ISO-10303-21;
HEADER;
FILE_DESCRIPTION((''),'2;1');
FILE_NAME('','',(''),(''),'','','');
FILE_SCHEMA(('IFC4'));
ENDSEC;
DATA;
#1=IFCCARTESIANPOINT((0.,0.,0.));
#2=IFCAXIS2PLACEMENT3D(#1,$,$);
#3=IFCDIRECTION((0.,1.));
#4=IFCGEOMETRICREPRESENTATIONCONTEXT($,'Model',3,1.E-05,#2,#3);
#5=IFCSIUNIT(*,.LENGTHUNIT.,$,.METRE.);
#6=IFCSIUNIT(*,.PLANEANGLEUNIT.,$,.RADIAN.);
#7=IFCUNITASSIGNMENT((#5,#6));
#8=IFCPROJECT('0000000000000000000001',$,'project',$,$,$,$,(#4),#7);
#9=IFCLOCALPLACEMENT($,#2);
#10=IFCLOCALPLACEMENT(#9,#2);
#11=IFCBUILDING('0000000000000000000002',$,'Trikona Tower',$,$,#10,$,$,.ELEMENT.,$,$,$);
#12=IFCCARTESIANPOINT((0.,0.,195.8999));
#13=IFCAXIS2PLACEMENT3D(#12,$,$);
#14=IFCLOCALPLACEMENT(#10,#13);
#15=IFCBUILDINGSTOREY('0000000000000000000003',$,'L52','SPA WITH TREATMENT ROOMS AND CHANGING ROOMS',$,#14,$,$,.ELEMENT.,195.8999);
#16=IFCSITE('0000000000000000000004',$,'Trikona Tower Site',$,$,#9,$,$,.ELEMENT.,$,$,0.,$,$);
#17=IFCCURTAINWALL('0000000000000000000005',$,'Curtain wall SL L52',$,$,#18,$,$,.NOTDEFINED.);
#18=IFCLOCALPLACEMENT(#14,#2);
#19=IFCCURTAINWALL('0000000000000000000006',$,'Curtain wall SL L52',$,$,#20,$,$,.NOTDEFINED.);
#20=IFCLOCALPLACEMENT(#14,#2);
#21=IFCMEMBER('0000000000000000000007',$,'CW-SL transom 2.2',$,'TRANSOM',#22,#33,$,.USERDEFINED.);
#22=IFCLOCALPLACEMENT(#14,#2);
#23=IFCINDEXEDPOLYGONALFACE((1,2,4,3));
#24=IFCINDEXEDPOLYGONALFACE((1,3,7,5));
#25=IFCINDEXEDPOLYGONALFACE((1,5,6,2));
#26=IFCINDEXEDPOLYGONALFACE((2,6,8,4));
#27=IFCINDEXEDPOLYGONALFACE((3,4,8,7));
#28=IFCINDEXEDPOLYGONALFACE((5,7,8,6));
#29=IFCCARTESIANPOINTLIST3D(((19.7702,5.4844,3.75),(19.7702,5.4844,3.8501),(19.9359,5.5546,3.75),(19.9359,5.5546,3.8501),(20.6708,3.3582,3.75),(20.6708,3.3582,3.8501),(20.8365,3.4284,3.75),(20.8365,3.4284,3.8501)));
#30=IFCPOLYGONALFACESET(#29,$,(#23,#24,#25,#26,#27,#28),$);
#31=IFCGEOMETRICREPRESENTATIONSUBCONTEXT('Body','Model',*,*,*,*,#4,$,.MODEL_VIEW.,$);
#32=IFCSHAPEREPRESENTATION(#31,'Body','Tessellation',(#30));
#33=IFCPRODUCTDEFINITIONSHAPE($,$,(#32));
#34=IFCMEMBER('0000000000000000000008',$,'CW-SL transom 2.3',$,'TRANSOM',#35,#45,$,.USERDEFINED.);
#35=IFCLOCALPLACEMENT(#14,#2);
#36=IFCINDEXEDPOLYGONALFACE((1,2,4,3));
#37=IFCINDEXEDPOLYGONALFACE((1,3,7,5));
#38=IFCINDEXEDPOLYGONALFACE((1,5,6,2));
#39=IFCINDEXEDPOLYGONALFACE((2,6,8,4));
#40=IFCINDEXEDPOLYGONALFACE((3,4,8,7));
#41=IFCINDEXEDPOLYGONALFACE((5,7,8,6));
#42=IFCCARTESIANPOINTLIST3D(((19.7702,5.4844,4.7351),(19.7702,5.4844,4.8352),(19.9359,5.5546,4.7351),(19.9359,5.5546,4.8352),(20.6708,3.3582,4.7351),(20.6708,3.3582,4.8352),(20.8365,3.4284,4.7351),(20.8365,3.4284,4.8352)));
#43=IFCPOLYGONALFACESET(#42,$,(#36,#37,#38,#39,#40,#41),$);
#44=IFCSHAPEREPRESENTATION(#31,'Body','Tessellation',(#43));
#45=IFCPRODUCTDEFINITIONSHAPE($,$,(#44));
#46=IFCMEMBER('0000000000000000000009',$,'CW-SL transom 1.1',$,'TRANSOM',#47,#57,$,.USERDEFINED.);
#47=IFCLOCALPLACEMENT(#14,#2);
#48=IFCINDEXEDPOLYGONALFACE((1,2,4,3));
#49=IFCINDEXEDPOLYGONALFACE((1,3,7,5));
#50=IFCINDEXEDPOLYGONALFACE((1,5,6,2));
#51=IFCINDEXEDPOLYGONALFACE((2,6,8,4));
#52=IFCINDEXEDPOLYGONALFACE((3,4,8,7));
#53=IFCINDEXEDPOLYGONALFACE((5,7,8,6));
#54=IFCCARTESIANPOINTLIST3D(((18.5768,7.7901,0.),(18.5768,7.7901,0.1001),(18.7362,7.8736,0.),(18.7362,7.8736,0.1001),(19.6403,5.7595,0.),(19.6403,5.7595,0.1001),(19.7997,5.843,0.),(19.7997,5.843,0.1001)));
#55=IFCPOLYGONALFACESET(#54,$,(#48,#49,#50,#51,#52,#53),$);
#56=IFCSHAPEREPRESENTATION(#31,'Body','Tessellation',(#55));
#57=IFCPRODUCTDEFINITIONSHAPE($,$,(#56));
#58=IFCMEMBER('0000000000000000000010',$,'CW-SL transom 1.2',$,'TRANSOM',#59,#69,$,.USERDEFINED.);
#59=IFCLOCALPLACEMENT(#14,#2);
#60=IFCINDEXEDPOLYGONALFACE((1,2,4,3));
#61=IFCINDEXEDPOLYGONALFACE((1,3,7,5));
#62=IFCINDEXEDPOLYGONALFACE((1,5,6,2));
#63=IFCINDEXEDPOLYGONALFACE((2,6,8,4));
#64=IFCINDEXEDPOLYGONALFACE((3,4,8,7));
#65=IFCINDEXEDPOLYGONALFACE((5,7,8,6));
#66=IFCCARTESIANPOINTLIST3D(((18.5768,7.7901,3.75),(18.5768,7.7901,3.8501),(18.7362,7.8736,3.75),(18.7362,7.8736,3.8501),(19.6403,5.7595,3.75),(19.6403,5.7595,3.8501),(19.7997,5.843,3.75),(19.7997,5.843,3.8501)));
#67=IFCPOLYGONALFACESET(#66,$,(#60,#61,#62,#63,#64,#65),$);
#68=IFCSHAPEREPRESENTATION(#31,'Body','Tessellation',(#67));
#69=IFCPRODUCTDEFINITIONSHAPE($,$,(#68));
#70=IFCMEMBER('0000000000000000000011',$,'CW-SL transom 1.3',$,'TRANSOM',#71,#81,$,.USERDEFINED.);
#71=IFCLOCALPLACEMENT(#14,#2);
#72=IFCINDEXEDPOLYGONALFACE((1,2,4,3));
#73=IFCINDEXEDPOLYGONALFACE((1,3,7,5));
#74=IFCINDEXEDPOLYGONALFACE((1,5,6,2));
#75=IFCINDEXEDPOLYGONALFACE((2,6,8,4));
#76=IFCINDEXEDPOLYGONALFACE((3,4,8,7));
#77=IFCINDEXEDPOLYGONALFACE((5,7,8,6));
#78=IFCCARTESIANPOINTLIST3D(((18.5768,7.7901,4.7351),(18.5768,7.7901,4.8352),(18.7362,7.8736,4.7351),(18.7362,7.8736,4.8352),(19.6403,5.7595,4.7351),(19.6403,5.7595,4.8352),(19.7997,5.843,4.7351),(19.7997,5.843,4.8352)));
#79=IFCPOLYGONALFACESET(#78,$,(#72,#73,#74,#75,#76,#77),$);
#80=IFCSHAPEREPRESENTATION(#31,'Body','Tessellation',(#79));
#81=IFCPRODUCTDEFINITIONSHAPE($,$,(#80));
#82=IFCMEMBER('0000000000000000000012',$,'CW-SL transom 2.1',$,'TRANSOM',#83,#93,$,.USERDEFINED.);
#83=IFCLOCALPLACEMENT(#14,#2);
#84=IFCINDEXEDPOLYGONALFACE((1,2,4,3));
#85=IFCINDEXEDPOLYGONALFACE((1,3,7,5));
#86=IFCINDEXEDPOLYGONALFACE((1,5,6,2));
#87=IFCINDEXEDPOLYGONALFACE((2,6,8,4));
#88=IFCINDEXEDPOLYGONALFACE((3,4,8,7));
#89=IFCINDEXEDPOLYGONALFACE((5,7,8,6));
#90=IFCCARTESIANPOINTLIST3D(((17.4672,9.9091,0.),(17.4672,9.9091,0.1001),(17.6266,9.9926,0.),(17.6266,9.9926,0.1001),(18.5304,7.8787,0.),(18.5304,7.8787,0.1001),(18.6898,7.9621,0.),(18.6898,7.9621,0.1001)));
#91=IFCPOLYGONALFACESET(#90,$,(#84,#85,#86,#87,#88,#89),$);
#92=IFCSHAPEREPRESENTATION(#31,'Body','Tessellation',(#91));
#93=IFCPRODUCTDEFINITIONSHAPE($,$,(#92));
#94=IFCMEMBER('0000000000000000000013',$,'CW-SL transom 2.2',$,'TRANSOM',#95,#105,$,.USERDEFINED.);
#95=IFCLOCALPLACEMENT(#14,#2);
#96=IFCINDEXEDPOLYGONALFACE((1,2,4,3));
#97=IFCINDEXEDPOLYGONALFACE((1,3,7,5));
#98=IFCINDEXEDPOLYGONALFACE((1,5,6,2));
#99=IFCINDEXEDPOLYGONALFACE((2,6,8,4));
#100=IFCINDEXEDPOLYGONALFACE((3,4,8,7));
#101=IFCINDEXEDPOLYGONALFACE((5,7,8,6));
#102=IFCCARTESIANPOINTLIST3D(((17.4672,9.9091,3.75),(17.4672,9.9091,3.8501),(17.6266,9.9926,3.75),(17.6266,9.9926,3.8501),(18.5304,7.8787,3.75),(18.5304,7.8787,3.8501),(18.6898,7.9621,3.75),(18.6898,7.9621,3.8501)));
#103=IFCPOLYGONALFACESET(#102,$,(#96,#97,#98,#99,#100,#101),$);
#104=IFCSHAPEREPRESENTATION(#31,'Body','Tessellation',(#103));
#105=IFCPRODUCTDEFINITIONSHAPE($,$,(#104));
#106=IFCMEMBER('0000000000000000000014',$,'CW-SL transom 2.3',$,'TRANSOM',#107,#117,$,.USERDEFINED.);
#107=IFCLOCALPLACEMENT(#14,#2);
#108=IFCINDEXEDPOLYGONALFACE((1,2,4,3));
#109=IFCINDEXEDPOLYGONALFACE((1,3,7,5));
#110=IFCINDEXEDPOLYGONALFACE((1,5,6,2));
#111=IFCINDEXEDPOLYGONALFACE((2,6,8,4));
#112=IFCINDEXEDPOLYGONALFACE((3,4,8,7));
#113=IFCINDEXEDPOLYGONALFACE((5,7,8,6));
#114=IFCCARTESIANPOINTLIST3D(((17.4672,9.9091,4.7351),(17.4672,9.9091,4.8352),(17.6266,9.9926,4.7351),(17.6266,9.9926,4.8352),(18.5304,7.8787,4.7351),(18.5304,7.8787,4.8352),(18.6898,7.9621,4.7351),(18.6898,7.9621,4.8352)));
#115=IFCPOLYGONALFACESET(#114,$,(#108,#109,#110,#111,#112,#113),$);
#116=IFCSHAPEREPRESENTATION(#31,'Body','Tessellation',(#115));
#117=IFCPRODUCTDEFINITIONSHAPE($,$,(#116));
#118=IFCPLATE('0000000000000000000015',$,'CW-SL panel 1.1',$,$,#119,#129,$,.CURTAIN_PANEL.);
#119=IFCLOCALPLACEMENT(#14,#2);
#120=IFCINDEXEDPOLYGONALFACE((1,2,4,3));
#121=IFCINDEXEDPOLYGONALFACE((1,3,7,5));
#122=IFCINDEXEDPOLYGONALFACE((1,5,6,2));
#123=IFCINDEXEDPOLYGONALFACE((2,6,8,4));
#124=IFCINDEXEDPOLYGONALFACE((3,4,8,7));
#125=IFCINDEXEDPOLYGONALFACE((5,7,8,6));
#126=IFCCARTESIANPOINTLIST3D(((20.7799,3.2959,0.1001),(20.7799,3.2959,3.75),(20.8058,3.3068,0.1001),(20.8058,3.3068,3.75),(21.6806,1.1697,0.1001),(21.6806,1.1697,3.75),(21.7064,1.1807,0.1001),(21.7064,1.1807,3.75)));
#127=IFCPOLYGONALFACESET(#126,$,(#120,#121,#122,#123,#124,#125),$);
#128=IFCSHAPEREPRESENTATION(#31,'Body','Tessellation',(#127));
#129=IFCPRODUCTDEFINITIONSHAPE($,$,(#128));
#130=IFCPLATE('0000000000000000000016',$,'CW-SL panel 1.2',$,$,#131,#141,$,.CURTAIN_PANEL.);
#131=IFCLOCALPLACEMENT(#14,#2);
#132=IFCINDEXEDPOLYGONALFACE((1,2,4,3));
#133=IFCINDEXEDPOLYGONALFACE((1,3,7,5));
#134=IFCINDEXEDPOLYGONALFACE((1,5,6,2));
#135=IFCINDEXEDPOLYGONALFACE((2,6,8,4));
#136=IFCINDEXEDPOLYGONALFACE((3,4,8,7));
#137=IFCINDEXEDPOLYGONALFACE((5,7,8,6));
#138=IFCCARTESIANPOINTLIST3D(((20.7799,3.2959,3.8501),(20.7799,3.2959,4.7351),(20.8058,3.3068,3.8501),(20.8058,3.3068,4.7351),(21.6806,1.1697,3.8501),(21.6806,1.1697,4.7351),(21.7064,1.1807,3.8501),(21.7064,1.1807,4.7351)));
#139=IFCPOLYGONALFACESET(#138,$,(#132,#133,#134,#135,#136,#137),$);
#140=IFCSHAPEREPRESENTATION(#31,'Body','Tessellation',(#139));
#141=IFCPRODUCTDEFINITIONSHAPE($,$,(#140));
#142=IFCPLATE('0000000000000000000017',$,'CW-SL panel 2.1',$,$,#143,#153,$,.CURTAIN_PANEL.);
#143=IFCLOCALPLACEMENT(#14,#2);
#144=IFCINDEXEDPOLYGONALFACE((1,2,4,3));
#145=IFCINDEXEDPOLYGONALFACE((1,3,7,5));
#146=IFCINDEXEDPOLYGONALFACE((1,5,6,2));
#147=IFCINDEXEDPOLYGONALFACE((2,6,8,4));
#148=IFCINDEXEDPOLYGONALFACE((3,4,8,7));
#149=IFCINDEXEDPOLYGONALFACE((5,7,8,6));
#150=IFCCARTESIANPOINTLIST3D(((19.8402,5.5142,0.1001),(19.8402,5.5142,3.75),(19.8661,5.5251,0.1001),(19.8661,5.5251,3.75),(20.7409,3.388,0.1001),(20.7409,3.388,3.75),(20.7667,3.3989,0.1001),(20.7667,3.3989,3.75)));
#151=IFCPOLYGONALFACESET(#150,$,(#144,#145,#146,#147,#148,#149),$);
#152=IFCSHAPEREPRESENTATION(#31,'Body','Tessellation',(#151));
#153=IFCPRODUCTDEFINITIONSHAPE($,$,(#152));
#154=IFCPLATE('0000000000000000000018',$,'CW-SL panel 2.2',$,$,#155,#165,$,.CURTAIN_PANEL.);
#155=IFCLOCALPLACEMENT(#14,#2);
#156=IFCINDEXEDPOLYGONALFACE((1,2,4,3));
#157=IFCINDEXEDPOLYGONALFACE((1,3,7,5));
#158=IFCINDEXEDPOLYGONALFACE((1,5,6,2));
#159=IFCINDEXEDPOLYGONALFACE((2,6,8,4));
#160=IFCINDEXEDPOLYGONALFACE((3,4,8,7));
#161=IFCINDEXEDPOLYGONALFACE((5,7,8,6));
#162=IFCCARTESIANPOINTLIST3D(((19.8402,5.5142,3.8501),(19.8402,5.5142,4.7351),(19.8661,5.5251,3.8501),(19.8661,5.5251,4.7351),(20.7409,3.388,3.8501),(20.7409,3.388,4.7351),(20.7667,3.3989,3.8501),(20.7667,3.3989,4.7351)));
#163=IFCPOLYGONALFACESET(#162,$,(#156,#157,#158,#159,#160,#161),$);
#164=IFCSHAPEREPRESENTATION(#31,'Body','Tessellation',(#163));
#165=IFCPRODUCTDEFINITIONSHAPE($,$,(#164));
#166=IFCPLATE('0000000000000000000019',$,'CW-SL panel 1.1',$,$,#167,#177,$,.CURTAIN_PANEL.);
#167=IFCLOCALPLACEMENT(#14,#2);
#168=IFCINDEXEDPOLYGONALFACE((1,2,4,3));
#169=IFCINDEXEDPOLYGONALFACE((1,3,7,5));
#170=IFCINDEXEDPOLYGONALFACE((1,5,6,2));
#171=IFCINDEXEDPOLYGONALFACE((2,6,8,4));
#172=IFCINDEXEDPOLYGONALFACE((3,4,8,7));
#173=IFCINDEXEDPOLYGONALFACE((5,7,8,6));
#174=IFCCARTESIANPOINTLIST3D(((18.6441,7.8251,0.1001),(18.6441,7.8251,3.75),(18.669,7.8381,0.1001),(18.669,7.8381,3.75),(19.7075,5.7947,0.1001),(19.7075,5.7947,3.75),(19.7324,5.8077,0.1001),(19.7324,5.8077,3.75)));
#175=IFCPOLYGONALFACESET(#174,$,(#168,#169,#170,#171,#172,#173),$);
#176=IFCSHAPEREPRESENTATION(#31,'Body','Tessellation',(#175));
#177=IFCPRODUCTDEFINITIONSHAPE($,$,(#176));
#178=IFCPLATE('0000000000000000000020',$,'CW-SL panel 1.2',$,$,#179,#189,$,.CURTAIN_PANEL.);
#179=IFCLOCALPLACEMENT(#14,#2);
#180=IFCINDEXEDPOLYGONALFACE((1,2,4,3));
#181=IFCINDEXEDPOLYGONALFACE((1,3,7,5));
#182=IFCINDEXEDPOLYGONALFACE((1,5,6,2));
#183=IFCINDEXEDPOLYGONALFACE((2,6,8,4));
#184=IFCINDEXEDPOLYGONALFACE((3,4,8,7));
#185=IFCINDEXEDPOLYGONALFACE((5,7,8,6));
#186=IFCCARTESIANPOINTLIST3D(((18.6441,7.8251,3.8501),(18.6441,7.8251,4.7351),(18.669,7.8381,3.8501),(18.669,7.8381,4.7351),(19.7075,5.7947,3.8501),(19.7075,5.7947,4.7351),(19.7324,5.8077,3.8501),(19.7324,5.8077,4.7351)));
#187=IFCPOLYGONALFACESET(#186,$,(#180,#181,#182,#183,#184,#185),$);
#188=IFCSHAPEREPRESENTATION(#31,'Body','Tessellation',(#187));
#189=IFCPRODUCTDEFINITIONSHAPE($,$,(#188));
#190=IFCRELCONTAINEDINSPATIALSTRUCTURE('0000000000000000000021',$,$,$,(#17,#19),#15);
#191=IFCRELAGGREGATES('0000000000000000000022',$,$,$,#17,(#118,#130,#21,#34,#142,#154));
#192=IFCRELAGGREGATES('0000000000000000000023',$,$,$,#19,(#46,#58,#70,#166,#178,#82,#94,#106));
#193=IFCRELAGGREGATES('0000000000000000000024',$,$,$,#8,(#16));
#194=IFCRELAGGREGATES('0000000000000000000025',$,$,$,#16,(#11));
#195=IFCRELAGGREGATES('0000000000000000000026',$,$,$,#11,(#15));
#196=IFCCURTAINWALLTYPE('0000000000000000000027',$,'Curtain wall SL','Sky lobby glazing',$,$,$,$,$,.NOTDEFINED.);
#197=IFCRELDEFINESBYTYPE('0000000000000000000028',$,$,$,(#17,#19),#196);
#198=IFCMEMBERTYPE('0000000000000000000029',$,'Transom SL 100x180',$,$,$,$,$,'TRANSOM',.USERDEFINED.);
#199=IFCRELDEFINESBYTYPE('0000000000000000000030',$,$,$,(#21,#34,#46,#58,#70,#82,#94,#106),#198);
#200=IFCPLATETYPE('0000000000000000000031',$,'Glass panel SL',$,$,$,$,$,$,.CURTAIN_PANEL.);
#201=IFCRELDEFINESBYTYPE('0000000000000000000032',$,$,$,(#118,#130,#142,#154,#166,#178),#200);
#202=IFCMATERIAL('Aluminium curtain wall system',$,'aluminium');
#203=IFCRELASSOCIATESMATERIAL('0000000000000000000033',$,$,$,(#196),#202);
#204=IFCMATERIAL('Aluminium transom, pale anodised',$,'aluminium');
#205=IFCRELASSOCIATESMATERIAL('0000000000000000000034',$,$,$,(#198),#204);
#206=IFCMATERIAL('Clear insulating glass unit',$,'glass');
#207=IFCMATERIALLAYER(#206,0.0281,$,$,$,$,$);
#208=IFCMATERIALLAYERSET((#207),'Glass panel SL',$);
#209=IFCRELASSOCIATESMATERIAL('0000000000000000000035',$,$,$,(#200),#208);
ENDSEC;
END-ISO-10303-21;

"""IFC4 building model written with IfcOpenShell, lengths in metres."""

from ifc_helpers import new_model, si_unit, direction, frame, origin, origin_2d, place, context, subcontext, project, spatial, rectangle, extrude, material, layer, layer_set, material_profile, profile_set, type_object, element, aggregate, save


model = new_model("IFC4")

# Units and contexts
model_context = context("Model", 3, precision=1e-05, world=origin(), true_north=direction((0.0, 1.0)))
body_context = subcontext(model_context, "Body", "Model", "MODEL_VIEW")
ifc_project = project(units=[si_unit("LENGTHUNIT", "METRE"), si_unit("PLANEANGLEUNIT", "RADIAN")], contexts=[model_context])

# Site, building, storey
site_placement = place(None, origin())
site = spatial("IfcSite", under=ifc_project, at=site_placement, Name="Trikona Tower Site", CompositionType="ELEMENT", RefElevation=0.0)
building_placement = place(site_placement, origin())
building = spatial("IfcBuilding", under=site, at=building_placement, Name="Trikona Tower", CompositionType="ELEMENT")
storey_placement = place(building_placement, frame((0.0, 0.0, 195.8999)))
storey = spatial("IfcBuildingStorey", under=building, at=storey_placement, Name="L52", Description="SPA WITH TREATMENT ROOMS AND CHANGING ROOMS", CompositionType="ELEMENT", Elevation=195.8999)

# Shared definitions
ifc_material_1 = material(Name="Aluminium curtain wall system", Category="aluminium")
curtain_wall_type = type_object("IfcCurtainWallType", Name="Curtain wall SL", Description="Sky lobby glazing", PredefinedType="NOTDEFINED", material=ifc_material_1)

# Curtain walls
curtain_wall_1_placement = place(storey_placement, origin())
curtain_wall_1 = element("IfcCurtainWall", 1, at=curtain_wall_1_placement, inside=storey, type_object=curtain_wall_type, Name="Curtain wall SL L52", PredefinedType="NOTDEFINED")
curtain_wall_2_placement = place(storey_placement, origin())
curtain_wall_2 = element("IfcCurtainWall", 2, at=curtain_wall_2_placement, inside=storey, type_object=curtain_wall_type, Name="Curtain wall SL L52", PredefinedType="NOTDEFINED")

# Members
ifc_material_2 = material(Name="Aluminium transom, pale anodised", Category="aluminium")
ifc_material_profile_1 = material_profile(ifc_material_2, rectangle(XDim=0.1799, YDim=0.1001, at=origin_2d()), Name="TRN-SL")
ifc_profile_set_1 = profile_set([ifc_material_profile_1], Name="Aluminium transom, pale anodised")
member_type_1 = type_object("IfcMemberType", Name="Transom SL 100x180", ElementType="TRANSOM", PredefinedType="USERDEFINED", material=ifc_profile_set_1)
member_1_placement = place(storey_placement, frame((20.7537, 3.3933, 3.8), z_axis=(-0.390037, 0.920799, 0.0), x_axis=(-0.920799, -0.390037, 0.0)))
member_1 = element("IfcMember", 3, at=member_1_placement, type_object=member_type_1, Name="CW-SL transom 2.2", ObjectType="TRANSOM", PredefinedType="USERDEFINED", context=body_context, shape_type="SweptSolid", body=[
    extrude(rectangle(XDim=0.1799, YDim=0.1001, at=origin_2d()), origin(), (0.0, 0.0, 1.0), 2.3091),
])
member_2_placement = place(storey_placement, frame((20.7537, 3.3933, 4.7852), z_axis=(-0.390037, 0.920799, 0.0), x_axis=(-0.920799, -0.390037, 0.0)))
member_2 = element("IfcMember", 4, at=member_2_placement, type_object=member_type_1, Name="CW-SL transom 2.3", ObjectType="TRANSOM", PredefinedType="USERDEFINED", context=body_context, shape_type="SweptSolid", body=[
    extrude(rectangle(XDim=0.1799, YDim=0.1001, at=origin_2d()), origin(), (0.0, 0.0, 1.0), 2.3091),
])
member_3_placement = place(storey_placement, frame((19.72, 5.8013, 0.05), z_axis=(-0.463963, 0.885854, 0.0), x_axis=(-0.885854, -0.463963, 0.0)))
member_3 = element("IfcMember", 5, at=member_3_placement, type_object=member_type_1, Name="CW-SL transom 1.1", ObjectType="TRANSOM", PredefinedType="USERDEFINED", context=body_context, shape_type="SweptSolid", body=[
    extrude(rectangle(XDim=0.1799, YDim=0.1001, at=origin_2d()), origin(), (0.0, 0.0, 1.0), 2.2922),
])
member_4_placement = place(storey_placement, frame((19.72, 5.8013, 3.8), z_axis=(-0.463963, 0.885854, 0.0), x_axis=(-0.885854, -0.463963, 0.0)))
member_4 = element("IfcMember", 6, at=member_4_placement, type_object=member_type_1, Name="CW-SL transom 1.2", ObjectType="TRANSOM", PredefinedType="USERDEFINED", context=body_context, shape_type="SweptSolid", body=[
    extrude(rectangle(XDim=0.1799, YDim=0.1001, at=origin_2d()), origin(), (0.0, 0.0, 1.0), 2.2922),
])
member_5_placement = place(storey_placement, frame((19.72, 5.8013, 4.7852), z_axis=(-0.463963, 0.885854, 0.0), x_axis=(-0.885854, -0.463963, 0.0)))
member_5 = element("IfcMember", 7, at=member_5_placement, type_object=member_type_1, Name="CW-SL transom 1.3", ObjectType="TRANSOM", PredefinedType="USERDEFINED", context=body_context, shape_type="SweptSolid", body=[
    extrude(rectangle(XDim=0.1799, YDim=0.1001, at=origin_2d()), origin(), (0.0, 0.0, 1.0), 2.2922),
])
member_6_placement = place(storey_placement, frame((18.6101, 7.9204, 0.05), z_axis=(-0.46388, 0.885898, 0.0), x_axis=(-0.885898, -0.46388, 0.0)))
member_6 = element("IfcMember", 8, at=member_6_placement, type_object=member_type_1, Name="CW-SL transom 2.1", ObjectType="TRANSOM", PredefinedType="USERDEFINED", context=body_context, shape_type="SweptSolid", body=[
    extrude(rectangle(XDim=0.1799, YDim=0.1001, at=origin_2d()), origin(), (0.0, 0.0, 1.0), 2.292),
])
member_7_placement = place(storey_placement, frame((18.6101, 7.9204, 3.8), z_axis=(-0.46388, 0.885898, 0.0), x_axis=(-0.885898, -0.46388, 0.0)))
member_7 = element("IfcMember", 9, at=member_7_placement, type_object=member_type_1, Name="CW-SL transom 2.2", ObjectType="TRANSOM", PredefinedType="USERDEFINED", context=body_context, shape_type="SweptSolid", body=[
    extrude(rectangle(XDim=0.1799, YDim=0.1001, at=origin_2d()), origin(), (0.0, 0.0, 1.0), 2.292),
])
member_8_placement = place(storey_placement, frame((18.6101, 7.9204, 4.7852), z_axis=(-0.46388, 0.885898, 0.0), x_axis=(-0.885898, -0.46388, 0.0)))
member_8 = element("IfcMember", 10, at=member_8_placement, type_object=member_type_1, Name="CW-SL transom 2.3", ObjectType="TRANSOM", PredefinedType="USERDEFINED", context=body_context, shape_type="SweptSolid", body=[
    extrude(rectangle(XDim=0.1799, YDim=0.1001, at=origin_2d()), origin(), (0.0, 0.0, 1.0), 2.292),
])

# Plates
ifc_material_3 = material(Name="Clear insulating glass unit", Category="glass")
ifc_layer_1 = layer(ifc_material_3, 0.0281)
ifc_layer_set_1 = layer_set([ifc_layer_1], Name="Glass panel SL")
plate_type = type_object("IfcPlateType", Name="Glass panel SL", PredefinedType="CURTAIN_PANEL", material=ifc_layer_set_1)
plate_1_placement = place(storey_placement, frame((21.2432, 2.2383, 0.1001), z_axis=(0.0, 0.0, 1.0), x_axis=(-0.390053, 0.920792, 0.0)))
plate_1 = element("IfcPlate", 11, at=plate_1_placement, type_object=plate_type, Name="CW-SL panel 1.1", PredefinedType="CURTAIN_PANEL", context=body_context, shape_type="SweptSolid", body=[
    extrude(rectangle(XDim=2.3091, YDim=0.0281, at=origin_2d()), origin(), (0.0, 0.0, 1.0), 3.6499),
])
plate_2_placement = place(storey_placement, frame((21.2432, 2.2383, 3.8501), z_axis=(0.0, 0.0, 1.0), x_axis=(-0.390053, 0.920792, 0.0)))
plate_2 = element("IfcPlate", 12, at=plate_2_placement, type_object=plate_type, Name="CW-SL panel 1.2", PredefinedType="CURTAIN_PANEL", context=body_context, shape_type="SweptSolid", body=[
    extrude(rectangle(XDim=2.3091, YDim=0.0281, at=origin_2d()), origin(), (0.0, 0.0, 1.0), 0.885),
])
plate_3_placement = place(storey_placement, frame((20.3035, 4.4565, 0.1001), z_axis=(0.0, 0.0, 1.0), x_axis=(-0.390053, 0.920792, 0.0)))
plate_3 = element("IfcPlate", 13, at=plate_3_placement, type_object=plate_type, Name="CW-SL panel 2.1", PredefinedType="CURTAIN_PANEL", context=body_context, shape_type="SweptSolid", body=[
    extrude(rectangle(XDim=2.3091, YDim=0.0281, at=origin_2d()), origin(), (0.0, 0.0, 1.0), 3.6499),
])
plate_4_placement = place(storey_placement, frame((20.3035, 4.4565, 3.8501), z_axis=(0.0, 0.0, 1.0), x_axis=(-0.390053, 0.920792, 0.0)))
plate_4 = element("IfcPlate", 14, at=plate_4_placement, type_object=plate_type, Name="CW-SL panel 2.2", PredefinedType="CURTAIN_PANEL", context=body_context, shape_type="SweptSolid", body=[
    extrude(rectangle(XDim=2.3091, YDim=0.0281, at=origin_2d()), origin(), (0.0, 0.0, 1.0), 0.885),
])
aggregate(curtain_wall_1, [plate_1, plate_2, member_1, member_2, plate_3, plate_4])
plate_5_placement = place(storey_placement, frame((19.1882, 6.8164, 0.1001), z_axis=(0.0, 0.0, 1.0), x_axis=(-0.463948, 0.885862, 0.0)))
plate_5 = element("IfcPlate", 15, at=plate_5_placement, type_object=plate_type, Name="CW-SL panel 1.1", PredefinedType="CURTAIN_PANEL", context=body_context, shape_type="SweptSolid", body=[
    extrude(rectangle(XDim=2.292, YDim=0.0281, at=origin_2d()), origin(), (0.0, 0.0, 1.0), 3.6499),
])
plate_6_placement = place(storey_placement, frame((19.1882, 6.8164, 3.8501), z_axis=(0.0, 0.0, 1.0), x_axis=(-0.463948, 0.885862, 0.0)))
plate_6 = element("IfcPlate", 16, at=plate_6_placement, type_object=plate_type, Name="CW-SL panel 1.2", PredefinedType="CURTAIN_PANEL", context=body_context, shape_type="SweptSolid", body=[
    extrude(rectangle(XDim=2.292, YDim=0.0281, at=origin_2d()), origin(), (0.0, 0.0, 1.0), 0.885),
])
aggregate(curtain_wall_2, [member_3, member_4, member_5, plate_5, plate_6, member_6, member_7, member_8])

save(model, "model.ifc")
